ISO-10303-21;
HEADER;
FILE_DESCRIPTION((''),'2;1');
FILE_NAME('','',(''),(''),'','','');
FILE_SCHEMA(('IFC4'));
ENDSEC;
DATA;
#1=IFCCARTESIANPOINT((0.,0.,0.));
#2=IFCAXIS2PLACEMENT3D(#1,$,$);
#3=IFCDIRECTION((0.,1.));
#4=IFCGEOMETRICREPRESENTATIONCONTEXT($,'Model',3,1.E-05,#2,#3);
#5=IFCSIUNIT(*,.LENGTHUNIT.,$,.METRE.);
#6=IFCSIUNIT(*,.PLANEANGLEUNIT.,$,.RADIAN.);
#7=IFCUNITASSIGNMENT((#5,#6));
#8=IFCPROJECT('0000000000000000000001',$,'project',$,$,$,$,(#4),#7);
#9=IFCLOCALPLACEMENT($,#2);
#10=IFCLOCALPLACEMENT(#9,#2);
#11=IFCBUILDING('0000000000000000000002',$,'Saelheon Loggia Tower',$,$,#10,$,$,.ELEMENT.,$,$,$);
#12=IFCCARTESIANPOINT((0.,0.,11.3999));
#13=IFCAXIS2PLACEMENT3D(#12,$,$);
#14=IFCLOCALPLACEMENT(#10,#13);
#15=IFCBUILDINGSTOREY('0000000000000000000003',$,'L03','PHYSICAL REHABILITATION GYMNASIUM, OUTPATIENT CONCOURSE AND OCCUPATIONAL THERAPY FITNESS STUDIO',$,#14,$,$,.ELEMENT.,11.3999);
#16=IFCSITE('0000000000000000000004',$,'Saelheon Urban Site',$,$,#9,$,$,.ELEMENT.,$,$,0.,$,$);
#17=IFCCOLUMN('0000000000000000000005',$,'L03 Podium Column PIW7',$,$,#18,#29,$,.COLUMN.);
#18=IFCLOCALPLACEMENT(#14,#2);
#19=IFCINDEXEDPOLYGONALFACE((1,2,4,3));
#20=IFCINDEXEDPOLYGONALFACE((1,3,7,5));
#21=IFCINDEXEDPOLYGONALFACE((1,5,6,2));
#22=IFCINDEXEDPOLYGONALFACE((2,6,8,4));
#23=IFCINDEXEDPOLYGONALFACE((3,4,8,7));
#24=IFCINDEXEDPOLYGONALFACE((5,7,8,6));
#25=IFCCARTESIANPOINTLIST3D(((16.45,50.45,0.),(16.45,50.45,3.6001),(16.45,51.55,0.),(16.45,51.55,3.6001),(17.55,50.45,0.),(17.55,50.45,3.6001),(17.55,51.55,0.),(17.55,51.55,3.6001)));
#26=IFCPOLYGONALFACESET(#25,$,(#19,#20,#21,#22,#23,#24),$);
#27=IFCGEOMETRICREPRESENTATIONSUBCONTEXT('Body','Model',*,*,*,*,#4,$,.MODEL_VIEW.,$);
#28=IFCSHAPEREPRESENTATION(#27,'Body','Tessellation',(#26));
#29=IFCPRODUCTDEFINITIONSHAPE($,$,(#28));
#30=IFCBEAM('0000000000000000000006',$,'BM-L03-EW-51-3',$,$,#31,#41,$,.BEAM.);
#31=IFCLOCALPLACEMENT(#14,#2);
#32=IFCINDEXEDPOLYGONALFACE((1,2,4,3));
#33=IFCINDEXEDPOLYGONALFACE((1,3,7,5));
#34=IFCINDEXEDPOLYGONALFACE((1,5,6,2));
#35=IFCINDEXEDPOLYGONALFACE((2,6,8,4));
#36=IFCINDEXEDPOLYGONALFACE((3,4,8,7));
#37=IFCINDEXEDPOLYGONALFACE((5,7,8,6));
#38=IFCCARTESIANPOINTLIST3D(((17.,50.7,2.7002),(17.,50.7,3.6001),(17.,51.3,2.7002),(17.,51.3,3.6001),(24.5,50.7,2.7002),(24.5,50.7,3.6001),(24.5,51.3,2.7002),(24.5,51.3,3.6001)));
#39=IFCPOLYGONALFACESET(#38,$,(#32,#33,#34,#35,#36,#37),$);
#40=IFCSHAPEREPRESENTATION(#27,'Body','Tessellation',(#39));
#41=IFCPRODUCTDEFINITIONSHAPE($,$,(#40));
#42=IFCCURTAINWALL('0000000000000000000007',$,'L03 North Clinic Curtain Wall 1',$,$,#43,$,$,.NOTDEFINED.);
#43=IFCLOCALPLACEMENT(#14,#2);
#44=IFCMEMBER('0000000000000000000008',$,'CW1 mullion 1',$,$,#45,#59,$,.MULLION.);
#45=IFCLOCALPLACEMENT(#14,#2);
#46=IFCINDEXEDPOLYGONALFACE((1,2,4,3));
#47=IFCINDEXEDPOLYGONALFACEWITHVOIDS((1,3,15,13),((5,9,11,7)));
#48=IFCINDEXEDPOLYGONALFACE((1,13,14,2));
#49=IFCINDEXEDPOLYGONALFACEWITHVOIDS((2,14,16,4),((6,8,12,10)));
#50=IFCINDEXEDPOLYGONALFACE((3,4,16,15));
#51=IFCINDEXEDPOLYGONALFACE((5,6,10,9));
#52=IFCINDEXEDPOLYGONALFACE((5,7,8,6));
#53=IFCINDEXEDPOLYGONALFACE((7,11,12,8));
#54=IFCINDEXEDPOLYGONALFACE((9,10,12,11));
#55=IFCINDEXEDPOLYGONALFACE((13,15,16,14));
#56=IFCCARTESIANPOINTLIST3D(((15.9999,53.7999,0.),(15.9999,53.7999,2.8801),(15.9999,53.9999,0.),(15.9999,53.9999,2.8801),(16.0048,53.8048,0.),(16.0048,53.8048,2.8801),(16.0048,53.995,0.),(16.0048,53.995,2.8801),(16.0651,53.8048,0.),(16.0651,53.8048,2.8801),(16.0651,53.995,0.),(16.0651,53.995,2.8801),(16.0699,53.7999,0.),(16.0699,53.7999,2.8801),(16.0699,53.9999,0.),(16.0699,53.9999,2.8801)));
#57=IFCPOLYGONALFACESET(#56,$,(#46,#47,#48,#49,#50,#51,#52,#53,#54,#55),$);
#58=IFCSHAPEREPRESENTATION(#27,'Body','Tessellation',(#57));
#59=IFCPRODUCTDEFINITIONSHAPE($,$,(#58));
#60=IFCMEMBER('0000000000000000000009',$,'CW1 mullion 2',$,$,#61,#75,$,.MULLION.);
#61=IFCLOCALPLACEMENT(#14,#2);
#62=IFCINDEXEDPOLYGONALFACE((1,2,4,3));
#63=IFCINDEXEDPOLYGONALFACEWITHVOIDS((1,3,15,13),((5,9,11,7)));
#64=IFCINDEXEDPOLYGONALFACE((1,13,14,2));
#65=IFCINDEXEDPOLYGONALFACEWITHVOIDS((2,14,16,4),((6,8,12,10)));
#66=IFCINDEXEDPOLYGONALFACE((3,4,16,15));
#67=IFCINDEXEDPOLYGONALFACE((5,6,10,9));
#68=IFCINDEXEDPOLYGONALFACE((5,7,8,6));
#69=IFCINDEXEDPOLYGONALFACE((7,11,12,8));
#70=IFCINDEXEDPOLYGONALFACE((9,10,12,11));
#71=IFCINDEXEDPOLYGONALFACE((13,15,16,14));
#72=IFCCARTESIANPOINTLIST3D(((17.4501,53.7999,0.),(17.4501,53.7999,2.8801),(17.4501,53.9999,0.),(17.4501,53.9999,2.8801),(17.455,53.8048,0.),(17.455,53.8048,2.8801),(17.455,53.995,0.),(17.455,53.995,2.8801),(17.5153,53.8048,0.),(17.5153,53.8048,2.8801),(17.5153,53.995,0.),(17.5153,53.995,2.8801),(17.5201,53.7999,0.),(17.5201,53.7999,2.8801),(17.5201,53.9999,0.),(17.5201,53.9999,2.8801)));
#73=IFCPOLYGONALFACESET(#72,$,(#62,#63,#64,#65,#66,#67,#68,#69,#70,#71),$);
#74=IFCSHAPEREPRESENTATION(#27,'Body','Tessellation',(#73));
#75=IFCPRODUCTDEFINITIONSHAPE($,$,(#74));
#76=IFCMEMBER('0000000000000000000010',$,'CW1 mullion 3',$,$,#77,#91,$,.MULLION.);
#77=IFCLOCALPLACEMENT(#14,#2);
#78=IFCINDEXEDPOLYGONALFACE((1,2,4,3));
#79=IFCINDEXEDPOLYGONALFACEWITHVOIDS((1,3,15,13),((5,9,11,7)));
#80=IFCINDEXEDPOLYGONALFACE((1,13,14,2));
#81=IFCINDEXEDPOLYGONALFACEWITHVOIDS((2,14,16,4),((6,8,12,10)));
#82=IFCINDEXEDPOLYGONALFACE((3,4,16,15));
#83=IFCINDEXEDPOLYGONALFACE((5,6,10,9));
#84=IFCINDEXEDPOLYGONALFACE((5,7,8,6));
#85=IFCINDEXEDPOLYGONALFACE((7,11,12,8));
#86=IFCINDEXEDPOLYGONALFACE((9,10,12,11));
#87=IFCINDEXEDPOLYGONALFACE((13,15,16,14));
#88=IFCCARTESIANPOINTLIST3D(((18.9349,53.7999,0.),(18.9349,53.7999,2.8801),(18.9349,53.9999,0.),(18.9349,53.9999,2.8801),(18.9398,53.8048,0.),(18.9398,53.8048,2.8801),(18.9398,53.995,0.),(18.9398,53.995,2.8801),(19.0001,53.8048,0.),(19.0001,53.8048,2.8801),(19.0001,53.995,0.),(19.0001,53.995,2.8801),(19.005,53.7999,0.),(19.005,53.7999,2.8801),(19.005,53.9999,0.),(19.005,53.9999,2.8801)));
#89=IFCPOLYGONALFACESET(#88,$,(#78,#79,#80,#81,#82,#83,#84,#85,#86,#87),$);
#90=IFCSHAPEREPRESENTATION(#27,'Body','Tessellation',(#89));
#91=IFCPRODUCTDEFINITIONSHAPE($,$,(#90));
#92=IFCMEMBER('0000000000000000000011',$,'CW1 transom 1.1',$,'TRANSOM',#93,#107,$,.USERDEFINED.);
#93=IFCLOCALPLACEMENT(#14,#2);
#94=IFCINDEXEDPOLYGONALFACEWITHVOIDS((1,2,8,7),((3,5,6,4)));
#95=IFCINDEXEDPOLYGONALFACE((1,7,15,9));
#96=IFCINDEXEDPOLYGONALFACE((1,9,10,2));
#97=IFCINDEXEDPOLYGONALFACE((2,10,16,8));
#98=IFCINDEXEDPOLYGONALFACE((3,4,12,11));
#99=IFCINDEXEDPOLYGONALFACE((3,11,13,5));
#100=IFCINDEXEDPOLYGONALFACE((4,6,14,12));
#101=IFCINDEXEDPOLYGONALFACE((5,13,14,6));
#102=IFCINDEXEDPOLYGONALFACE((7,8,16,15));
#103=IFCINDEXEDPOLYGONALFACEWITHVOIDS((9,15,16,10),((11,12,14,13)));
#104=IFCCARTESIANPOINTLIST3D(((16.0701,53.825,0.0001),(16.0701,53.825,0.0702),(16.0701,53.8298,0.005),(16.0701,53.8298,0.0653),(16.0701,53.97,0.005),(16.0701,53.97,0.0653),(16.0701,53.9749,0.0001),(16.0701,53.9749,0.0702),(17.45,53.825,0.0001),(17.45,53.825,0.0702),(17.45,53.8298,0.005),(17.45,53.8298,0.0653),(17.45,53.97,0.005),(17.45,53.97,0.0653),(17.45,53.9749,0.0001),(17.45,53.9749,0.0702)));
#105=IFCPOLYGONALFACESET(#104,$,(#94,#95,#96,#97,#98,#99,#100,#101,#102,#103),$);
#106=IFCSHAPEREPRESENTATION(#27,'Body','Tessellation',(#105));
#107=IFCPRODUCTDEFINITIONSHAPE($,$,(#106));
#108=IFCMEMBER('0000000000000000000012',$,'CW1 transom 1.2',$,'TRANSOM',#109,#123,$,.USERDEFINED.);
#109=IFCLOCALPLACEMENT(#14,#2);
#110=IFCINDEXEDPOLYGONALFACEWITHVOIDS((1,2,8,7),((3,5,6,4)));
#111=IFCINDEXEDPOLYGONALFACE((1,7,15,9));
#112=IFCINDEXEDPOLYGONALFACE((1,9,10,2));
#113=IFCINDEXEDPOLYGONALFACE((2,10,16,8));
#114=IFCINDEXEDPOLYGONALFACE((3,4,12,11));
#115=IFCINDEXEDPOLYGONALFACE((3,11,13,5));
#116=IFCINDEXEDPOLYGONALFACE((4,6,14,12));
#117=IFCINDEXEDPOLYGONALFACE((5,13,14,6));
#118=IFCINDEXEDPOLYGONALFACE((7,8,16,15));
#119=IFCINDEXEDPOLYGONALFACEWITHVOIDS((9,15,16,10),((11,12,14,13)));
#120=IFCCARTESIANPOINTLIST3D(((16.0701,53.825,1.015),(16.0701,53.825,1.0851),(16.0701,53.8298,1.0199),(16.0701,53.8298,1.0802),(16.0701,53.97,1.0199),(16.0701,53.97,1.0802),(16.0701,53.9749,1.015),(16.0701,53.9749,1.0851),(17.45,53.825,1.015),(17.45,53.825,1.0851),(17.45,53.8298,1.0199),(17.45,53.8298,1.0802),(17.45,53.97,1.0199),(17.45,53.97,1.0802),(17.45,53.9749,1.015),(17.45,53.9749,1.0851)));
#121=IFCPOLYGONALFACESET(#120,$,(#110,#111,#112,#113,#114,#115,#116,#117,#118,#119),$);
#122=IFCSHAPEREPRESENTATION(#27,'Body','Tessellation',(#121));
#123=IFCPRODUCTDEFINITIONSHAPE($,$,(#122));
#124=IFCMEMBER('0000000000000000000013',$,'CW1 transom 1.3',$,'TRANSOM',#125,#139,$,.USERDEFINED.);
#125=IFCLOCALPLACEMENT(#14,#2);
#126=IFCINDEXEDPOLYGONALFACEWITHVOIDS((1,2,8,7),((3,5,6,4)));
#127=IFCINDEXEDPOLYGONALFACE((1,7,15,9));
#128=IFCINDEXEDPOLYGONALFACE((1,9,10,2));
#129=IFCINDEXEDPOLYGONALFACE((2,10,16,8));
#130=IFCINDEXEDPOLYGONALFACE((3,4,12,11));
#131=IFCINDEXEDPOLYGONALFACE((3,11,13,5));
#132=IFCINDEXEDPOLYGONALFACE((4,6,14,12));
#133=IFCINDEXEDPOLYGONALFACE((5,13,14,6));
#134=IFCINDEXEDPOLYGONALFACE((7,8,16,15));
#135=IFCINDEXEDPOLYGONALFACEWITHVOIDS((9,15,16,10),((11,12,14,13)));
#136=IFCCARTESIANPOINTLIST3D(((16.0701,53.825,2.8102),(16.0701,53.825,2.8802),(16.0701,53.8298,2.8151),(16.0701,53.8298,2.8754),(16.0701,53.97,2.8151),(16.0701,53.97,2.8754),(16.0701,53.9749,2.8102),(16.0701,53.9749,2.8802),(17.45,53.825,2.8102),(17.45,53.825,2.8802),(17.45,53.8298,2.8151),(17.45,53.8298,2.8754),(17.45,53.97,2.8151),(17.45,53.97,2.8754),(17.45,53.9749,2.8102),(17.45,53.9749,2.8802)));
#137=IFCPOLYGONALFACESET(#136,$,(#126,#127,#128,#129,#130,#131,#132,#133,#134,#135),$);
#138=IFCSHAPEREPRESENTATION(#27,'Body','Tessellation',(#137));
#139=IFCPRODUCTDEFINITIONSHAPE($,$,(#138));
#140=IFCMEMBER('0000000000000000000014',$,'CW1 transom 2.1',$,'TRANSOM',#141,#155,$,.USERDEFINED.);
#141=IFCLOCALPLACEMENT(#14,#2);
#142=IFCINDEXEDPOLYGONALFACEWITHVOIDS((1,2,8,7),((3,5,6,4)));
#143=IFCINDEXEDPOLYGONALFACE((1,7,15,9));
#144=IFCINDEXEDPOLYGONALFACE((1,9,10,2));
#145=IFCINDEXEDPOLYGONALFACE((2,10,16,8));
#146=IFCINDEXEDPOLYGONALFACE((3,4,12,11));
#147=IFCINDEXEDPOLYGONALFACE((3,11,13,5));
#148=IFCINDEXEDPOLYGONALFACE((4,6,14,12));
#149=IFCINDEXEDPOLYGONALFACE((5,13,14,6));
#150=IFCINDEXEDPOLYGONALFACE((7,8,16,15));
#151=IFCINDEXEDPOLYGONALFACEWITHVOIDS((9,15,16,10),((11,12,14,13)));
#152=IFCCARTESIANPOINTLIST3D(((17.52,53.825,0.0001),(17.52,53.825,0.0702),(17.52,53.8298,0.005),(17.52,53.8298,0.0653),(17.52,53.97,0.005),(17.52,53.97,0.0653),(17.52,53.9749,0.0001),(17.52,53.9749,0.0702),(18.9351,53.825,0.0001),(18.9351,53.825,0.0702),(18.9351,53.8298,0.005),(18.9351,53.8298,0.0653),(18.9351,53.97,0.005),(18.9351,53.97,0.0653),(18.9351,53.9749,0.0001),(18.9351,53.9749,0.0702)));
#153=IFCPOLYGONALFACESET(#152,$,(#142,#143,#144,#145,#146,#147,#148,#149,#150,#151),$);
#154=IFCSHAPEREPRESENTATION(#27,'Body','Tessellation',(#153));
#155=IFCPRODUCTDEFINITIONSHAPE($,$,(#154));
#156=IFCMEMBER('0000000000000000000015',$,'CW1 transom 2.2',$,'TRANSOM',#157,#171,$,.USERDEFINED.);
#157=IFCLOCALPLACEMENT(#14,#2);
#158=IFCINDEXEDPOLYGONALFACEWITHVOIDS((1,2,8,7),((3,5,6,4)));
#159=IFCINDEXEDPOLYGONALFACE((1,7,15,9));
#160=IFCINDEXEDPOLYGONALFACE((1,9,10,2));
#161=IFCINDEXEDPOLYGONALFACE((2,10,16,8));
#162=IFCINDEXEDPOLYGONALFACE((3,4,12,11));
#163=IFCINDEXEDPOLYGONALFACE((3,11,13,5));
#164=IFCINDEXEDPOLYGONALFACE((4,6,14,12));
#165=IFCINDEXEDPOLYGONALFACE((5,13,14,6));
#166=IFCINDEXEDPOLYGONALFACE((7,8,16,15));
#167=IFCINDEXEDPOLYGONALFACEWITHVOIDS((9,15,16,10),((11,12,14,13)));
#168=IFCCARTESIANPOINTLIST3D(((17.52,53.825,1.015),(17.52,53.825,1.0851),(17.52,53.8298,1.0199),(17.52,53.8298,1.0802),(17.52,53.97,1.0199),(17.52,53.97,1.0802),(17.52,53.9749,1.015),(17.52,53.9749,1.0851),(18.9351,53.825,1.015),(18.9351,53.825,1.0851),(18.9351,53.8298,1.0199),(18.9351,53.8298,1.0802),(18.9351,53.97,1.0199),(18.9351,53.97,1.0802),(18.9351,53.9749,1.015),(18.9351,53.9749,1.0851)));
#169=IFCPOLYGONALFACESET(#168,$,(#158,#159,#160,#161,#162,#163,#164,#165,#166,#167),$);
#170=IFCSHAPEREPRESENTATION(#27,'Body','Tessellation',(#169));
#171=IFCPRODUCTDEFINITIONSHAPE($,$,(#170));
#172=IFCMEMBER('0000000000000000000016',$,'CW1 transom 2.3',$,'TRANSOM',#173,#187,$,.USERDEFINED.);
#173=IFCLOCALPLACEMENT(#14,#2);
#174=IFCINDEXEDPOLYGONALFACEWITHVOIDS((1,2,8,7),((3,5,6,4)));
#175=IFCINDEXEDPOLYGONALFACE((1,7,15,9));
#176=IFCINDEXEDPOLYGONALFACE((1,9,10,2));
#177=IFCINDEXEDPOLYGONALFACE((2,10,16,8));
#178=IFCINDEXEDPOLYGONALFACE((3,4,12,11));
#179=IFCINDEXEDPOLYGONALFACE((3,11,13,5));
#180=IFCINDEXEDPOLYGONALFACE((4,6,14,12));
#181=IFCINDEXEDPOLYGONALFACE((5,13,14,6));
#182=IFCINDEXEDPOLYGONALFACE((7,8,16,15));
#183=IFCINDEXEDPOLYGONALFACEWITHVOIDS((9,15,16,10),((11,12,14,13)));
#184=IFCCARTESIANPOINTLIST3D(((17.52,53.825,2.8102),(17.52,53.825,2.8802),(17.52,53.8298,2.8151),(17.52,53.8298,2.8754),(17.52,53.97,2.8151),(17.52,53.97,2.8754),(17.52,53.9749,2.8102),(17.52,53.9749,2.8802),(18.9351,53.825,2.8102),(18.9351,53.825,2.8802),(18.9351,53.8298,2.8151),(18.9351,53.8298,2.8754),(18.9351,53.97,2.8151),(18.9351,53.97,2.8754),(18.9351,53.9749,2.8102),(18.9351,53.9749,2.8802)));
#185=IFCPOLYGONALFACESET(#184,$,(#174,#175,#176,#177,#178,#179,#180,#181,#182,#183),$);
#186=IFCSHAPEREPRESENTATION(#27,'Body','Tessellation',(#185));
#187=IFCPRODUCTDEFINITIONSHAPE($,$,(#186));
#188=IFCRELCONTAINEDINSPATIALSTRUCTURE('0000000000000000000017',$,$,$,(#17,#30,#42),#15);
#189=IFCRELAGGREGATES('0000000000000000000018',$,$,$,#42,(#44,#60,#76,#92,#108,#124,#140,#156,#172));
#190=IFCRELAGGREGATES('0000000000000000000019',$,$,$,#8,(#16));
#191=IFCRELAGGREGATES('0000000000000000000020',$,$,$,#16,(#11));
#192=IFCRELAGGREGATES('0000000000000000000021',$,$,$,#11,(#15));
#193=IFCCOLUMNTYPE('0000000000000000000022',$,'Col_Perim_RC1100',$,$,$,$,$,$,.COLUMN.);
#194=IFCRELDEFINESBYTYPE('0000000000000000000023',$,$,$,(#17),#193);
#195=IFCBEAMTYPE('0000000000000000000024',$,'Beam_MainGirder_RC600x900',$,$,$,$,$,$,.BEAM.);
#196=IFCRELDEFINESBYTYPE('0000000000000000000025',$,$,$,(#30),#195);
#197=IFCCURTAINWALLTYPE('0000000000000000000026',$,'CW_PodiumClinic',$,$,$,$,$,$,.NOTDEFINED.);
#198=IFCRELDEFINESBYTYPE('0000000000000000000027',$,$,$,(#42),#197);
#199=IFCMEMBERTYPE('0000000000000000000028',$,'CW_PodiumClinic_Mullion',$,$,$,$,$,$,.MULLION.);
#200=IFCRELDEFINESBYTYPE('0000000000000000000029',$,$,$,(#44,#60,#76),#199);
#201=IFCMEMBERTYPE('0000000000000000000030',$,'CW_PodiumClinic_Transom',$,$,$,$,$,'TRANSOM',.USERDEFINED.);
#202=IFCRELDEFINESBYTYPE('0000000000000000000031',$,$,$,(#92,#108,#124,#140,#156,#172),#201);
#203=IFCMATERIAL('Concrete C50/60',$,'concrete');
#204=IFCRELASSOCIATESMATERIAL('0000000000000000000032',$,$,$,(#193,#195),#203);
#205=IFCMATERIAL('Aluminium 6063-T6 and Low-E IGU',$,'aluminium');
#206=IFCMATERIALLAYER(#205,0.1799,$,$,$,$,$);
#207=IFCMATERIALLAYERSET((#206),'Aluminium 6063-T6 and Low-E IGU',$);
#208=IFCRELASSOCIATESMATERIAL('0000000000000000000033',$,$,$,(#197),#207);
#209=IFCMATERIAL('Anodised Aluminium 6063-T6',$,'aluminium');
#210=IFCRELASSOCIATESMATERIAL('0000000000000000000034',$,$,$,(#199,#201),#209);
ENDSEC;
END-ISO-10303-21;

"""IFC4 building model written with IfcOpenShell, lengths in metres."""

from ifc_helpers import new_model, si_unit, direction, frame, origin, origin_2d, place, context, subcontext, project, spatial, rectangle, hollow_rectangle, extrude, source, transform, mapped, material, layer, layer_set, material_profile, profile_set, type_object, element, aggregate, save


model = new_model("IFC4")

# Units and contexts
model_context = context("Model", 3, precision=1e-05, world=origin(), true_north=direction((0.0, 1.0)))
body_context = subcontext(model_context, "Body", "Model", "MODEL_VIEW")
ifc_project = project(units=[si_unit("LENGTHUNIT", "METRE"), si_unit("PLANEANGLEUNIT", "RADIAN")], contexts=[model_context])

# Site, building, storey
site_placement = place(None, origin())
site = spatial("IfcSite", under=ifc_project, at=site_placement, Name="Saelheon Urban Site", CompositionType="ELEMENT", RefElevation=0.0)
building_placement = place(site_placement, origin())
building = spatial("IfcBuilding", under=site, at=building_placement, Name="Saelheon Loggia Tower", CompositionType="ELEMENT")
storey_placement = place(building_placement, frame((0.0, 0.0, 11.3999)))
storey = spatial("IfcBuildingStorey", under=building, at=storey_placement, Name="L03", Description="PHYSICAL REHABILITATION GYMNASIUM, OUTPATIENT CONCOURSE AND OCCUPATIONAL THERAPY FITNESS STUDIO", CompositionType="ELEMENT", Elevation=11.3999)

# Column
ifc_material_1 = material(Name="Concrete C50/60", Category="concrete")
ifc_material_profile_1 = material_profile(ifc_material_1, rectangle(XDim=1.1001, YDim=1.1001, at=origin_2d()), Name="RC-1100x1100")
ifc_profile_set_1 = profile_set([ifc_material_profile_1], Name="Concrete C50/60")
column_type = type_object("IfcColumnType", Name="Col_Perim_RC1100", PredefinedType="COLUMN", material=ifc_profile_set_1)
shared_shape_1 = source(origin(), body_context, "Body", "SweptSolid", [
    extrude(rectangle(XDim=1.1001, YDim=1.1001, at=origin_2d()), origin(), (0.0, 0.0, 1.0), 3.6001),
])
column_placement = place(storey_placement, frame((17.0, 51.0, 0.0), z_axis=(0.0, 0.0, 1.0), x_axis=(1.0, 0.0, 0.0)))
element("IfcColumn", 1, at=column_placement, inside=storey, type_object=column_type, Name="L03 Podium Column PIW7", PredefinedType="COLUMN", context=body_context, shape_type="MappedRepresentation", body=[
    mapped(shared_shape_1, transform((0.0, 0.0, 0.0), scale=1.0)),
])

# Beam
ifc_material_profile_2 = material_profile(ifc_material_1, rectangle(XDim=0.6001, YDim=0.8999, at=origin_2d()), Name="RC-600x900")
ifc_profile_set_2 = profile_set([ifc_material_profile_2], Name="Concrete C50/60")
beam_type = type_object("IfcBeamType", Name="Beam_MainGirder_RC600x900", PredefinedType="BEAM", material=ifc_profile_set_2)
shared_shape_2 = source(origin(), body_context, "Body", "SweptSolid", [
    extrude(rectangle(XDim=0.6001, YDim=0.8999, at=origin_2d()), origin(), (0.0, 0.0, 1.0), 7.5),
])
beam_placement = place(storey_placement, frame((17.0, 51.0, 3.1501), z_axis=(1.0, 0.0, 0.0), x_axis=(0.0, 1.0, 0.0)))
element("IfcBeam", 2, at=beam_placement, inside=storey, type_object=beam_type, Name="BM-L03-EW-51-3", PredefinedType="BEAM", context=body_context, shape_type="MappedRepresentation", body=[
    mapped(shared_shape_2, transform((0.0, 0.0, 0.0), scale=1.0)),
])

# Curtain wall, members
ifc_material_2 = material(Name="Aluminium 6063-T6 and Low-E IGU", Category="aluminium")
ifc_layer_1 = layer(ifc_material_2, 0.1799)
ifc_layer_set_1 = layer_set([ifc_layer_1], Name="Aluminium 6063-T6 and Low-E IGU")
curtain_wall_type = type_object("IfcCurtainWallType", Name="CW_PodiumClinic", PredefinedType="NOTDEFINED", material=ifc_layer_set_1)
curtain_wall_placement = place(storey_placement, origin())
curtain_wall = element("IfcCurtainWall", 3, at=curtain_wall_placement, inside=storey, type_object=curtain_wall_type, Name="L03 North Clinic Curtain Wall 1", PredefinedType="NOTDEFINED")
ifc_material_3 = material(Name="Anodised Aluminium 6063-T6", Category="aluminium")
ifc_material_profile_3 = material_profile(ifc_material_3, hollow_rectangle(XDim=0.0701, YDim=0.2, WallThickness=0.0049, at=origin_2d()), Name="RHS-200x70x5")
ifc_profile_set_3 = profile_set([ifc_material_profile_3], Name="Anodised Aluminium 6063-T6")
member_type_1 = type_object("IfcMemberType", Name="CW_PodiumClinic_Mullion", PredefinedType="MULLION", material=ifc_profile_set_3)
shared_shape_3 = source(origin(), body_context, "Body", "SweptSolid", [
    extrude(hollow_rectangle(XDim=0.0701, YDim=0.2, WallThickness=0.0049, at=origin_2d()), origin(), (0.0, 0.0, 1.0), 2.8801),
])
member_1_placement = place(storey_placement, frame((16.0349, 53.8999, 0.0), z_axis=(0.0, 0.0, 1.0), x_axis=(1.0, 0.0, 0.0)))
member_1 = element("IfcMember", 4, at=member_1_placement, type_object=member_type_1, Name="CW1 mullion 1", PredefinedType="MULLION", context=body_context, shape_type="MappedRepresentation", body=[
    mapped(shared_shape_3, transform((0.0, 0.0, 0.0), scale=1.0)),
])
member_2_placement = place(storey_placement, frame((17.4851, 53.8999, 0.0), z_axis=(0.0, 0.0, 1.0), x_axis=(1.0, 0.0, 0.0)))
member_2 = element("IfcMember", 5, at=member_2_placement, type_object=member_type_1, Name="CW1 mullion 2", PredefinedType="MULLION", context=body_context, shape_type="MappedRepresentation", body=[
    mapped(shared_shape_3, transform((0.0, 0.0, 0.0), scale=1.0)),
])
member_3_placement = place(storey_placement, frame((18.97, 53.8999, 0.0), z_axis=(0.0, 0.0, 1.0), x_axis=(1.0, 0.0, 0.0)))
member_3 = element("IfcMember", 6, at=member_3_placement, type_object=member_type_1, Name="CW1 mullion 3", PredefinedType="MULLION", context=body_context, shape_type="MappedRepresentation", body=[
    mapped(shared_shape_3, transform((0.0, 0.0, 0.0), scale=1.0)),
])
ifc_material_profile_4 = material_profile(ifc_material_3, hollow_rectangle(XDim=0.0701, YDim=0.1499, WallThickness=0.0049, at=origin_2d()), Name="RHS-150x70x5")
ifc_profile_set_4 = profile_set([ifc_material_profile_4], Name="Anodised Aluminium 6063-T6")
member_type_2 = type_object("IfcMemberType", Name="CW_PodiumClinic_Transom", ElementType="TRANSOM", PredefinedType="USERDEFINED", material=ifc_profile_set_4)
shared_shape_4 = source(origin(), body_context, "Body", "SweptSolid", [
    extrude(hollow_rectangle(XDim=0.0701, YDim=0.1499, WallThickness=0.0049, at=origin_2d()), origin(), (0.0, 0.0, 1.0), 1.3799),
])
member_4_placement = place(storey_placement, frame((16.0701, 53.8999, 0.0352), z_axis=(1.0, 0.0, 0.0), x_axis=(0.0, 0.0, 1.0)))
member_4 = element("IfcMember", 7, at=member_4_placement, type_object=member_type_2, Name="CW1 transom 1.1", ObjectType="TRANSOM", PredefinedType="USERDEFINED", context=body_context, shape_type="MappedRepresentation", body=[
    mapped(shared_shape_4, transform((0.0, 0.0, 0.0), scale=1.0)),
])
member_5_placement = place(storey_placement, frame((16.0701, 53.8999, 1.05), z_axis=(1.0, 0.0, 0.0), x_axis=(0.0, 0.0, 1.0)))
member_5 = element("IfcMember", 8, at=member_5_placement, type_object=member_type_2, Name="CW1 transom 1.2", ObjectType="TRANSOM", PredefinedType="USERDEFINED", context=body_context, shape_type="MappedRepresentation", body=[
    mapped(shared_shape_4, transform((0.0, 0.0, 0.0), scale=1.0)),
])
member_6_placement = place(storey_placement, frame((16.0701, 53.8999, 2.8452), z_axis=(1.0, 0.0, 0.0), x_axis=(0.0, 0.0, 1.0)))
member_6 = element("IfcMember", 9, at=member_6_placement, type_object=member_type_2, Name="CW1 transom 1.3", ObjectType="TRANSOM", PredefinedType="USERDEFINED", context=body_context, shape_type="MappedRepresentation", body=[
    mapped(shared_shape_4, transform((0.0, 0.0, 0.0), scale=1.0)),
])
shared_shape_5 = source(origin(), body_context, "Body", "SweptSolid", [
    extrude(hollow_rectangle(XDim=0.0701, YDim=0.1499, WallThickness=0.0049, at=origin_2d()), origin(), (0.0, 0.0, 1.0), 1.415),
])
member_7_placement = place(storey_placement, frame((17.52, 53.8999, 0.0352), z_axis=(1.0, 0.0, 0.0), x_axis=(0.0, 0.0, 1.0)))
member_7 = element("IfcMember", 10, at=member_7_placement, type_object=member_type_2, Name="CW1 transom 2.1", ObjectType="TRANSOM", PredefinedType="USERDEFINED", context=body_context, shape_type="MappedRepresentation", body=[
    mapped(shared_shape_5, transform((0.0, 0.0, 0.0), scale=1.0)),
])
member_8_placement = place(storey_placement, frame((17.52, 53.8999, 1.05), z_axis=(1.0, 0.0, 0.0), x_axis=(0.0, 0.0, 1.0)))
member_8 = element("IfcMember", 11, at=member_8_placement, type_object=member_type_2, Name="CW1 transom 2.2", ObjectType="TRANSOM", PredefinedType="USERDEFINED", context=body_context, shape_type="MappedRepresentation", body=[
    mapped(shared_shape_5, transform((0.0, 0.0, 0.0), scale=1.0)),
])
member_9_placement = place(storey_placement, frame((17.52, 53.8999, 2.8452), z_axis=(1.0, 0.0, 0.0), x_axis=(0.0, 0.0, 1.0)))
member_9 = element("IfcMember", 12, at=member_9_placement, type_object=member_type_2, Name="CW1 transom 2.3", ObjectType="TRANSOM", PredefinedType="USERDEFINED", context=body_context, shape_type="MappedRepresentation", body=[
    mapped(shared_shape_5, transform((0.0, 0.0, 0.0), scale=1.0)),
])
aggregate(curtain_wall, [member_1, member_2, member_3, member_4, member_5, member_6, member_7, member_8, member_9])

save(model, "model.ifc")
